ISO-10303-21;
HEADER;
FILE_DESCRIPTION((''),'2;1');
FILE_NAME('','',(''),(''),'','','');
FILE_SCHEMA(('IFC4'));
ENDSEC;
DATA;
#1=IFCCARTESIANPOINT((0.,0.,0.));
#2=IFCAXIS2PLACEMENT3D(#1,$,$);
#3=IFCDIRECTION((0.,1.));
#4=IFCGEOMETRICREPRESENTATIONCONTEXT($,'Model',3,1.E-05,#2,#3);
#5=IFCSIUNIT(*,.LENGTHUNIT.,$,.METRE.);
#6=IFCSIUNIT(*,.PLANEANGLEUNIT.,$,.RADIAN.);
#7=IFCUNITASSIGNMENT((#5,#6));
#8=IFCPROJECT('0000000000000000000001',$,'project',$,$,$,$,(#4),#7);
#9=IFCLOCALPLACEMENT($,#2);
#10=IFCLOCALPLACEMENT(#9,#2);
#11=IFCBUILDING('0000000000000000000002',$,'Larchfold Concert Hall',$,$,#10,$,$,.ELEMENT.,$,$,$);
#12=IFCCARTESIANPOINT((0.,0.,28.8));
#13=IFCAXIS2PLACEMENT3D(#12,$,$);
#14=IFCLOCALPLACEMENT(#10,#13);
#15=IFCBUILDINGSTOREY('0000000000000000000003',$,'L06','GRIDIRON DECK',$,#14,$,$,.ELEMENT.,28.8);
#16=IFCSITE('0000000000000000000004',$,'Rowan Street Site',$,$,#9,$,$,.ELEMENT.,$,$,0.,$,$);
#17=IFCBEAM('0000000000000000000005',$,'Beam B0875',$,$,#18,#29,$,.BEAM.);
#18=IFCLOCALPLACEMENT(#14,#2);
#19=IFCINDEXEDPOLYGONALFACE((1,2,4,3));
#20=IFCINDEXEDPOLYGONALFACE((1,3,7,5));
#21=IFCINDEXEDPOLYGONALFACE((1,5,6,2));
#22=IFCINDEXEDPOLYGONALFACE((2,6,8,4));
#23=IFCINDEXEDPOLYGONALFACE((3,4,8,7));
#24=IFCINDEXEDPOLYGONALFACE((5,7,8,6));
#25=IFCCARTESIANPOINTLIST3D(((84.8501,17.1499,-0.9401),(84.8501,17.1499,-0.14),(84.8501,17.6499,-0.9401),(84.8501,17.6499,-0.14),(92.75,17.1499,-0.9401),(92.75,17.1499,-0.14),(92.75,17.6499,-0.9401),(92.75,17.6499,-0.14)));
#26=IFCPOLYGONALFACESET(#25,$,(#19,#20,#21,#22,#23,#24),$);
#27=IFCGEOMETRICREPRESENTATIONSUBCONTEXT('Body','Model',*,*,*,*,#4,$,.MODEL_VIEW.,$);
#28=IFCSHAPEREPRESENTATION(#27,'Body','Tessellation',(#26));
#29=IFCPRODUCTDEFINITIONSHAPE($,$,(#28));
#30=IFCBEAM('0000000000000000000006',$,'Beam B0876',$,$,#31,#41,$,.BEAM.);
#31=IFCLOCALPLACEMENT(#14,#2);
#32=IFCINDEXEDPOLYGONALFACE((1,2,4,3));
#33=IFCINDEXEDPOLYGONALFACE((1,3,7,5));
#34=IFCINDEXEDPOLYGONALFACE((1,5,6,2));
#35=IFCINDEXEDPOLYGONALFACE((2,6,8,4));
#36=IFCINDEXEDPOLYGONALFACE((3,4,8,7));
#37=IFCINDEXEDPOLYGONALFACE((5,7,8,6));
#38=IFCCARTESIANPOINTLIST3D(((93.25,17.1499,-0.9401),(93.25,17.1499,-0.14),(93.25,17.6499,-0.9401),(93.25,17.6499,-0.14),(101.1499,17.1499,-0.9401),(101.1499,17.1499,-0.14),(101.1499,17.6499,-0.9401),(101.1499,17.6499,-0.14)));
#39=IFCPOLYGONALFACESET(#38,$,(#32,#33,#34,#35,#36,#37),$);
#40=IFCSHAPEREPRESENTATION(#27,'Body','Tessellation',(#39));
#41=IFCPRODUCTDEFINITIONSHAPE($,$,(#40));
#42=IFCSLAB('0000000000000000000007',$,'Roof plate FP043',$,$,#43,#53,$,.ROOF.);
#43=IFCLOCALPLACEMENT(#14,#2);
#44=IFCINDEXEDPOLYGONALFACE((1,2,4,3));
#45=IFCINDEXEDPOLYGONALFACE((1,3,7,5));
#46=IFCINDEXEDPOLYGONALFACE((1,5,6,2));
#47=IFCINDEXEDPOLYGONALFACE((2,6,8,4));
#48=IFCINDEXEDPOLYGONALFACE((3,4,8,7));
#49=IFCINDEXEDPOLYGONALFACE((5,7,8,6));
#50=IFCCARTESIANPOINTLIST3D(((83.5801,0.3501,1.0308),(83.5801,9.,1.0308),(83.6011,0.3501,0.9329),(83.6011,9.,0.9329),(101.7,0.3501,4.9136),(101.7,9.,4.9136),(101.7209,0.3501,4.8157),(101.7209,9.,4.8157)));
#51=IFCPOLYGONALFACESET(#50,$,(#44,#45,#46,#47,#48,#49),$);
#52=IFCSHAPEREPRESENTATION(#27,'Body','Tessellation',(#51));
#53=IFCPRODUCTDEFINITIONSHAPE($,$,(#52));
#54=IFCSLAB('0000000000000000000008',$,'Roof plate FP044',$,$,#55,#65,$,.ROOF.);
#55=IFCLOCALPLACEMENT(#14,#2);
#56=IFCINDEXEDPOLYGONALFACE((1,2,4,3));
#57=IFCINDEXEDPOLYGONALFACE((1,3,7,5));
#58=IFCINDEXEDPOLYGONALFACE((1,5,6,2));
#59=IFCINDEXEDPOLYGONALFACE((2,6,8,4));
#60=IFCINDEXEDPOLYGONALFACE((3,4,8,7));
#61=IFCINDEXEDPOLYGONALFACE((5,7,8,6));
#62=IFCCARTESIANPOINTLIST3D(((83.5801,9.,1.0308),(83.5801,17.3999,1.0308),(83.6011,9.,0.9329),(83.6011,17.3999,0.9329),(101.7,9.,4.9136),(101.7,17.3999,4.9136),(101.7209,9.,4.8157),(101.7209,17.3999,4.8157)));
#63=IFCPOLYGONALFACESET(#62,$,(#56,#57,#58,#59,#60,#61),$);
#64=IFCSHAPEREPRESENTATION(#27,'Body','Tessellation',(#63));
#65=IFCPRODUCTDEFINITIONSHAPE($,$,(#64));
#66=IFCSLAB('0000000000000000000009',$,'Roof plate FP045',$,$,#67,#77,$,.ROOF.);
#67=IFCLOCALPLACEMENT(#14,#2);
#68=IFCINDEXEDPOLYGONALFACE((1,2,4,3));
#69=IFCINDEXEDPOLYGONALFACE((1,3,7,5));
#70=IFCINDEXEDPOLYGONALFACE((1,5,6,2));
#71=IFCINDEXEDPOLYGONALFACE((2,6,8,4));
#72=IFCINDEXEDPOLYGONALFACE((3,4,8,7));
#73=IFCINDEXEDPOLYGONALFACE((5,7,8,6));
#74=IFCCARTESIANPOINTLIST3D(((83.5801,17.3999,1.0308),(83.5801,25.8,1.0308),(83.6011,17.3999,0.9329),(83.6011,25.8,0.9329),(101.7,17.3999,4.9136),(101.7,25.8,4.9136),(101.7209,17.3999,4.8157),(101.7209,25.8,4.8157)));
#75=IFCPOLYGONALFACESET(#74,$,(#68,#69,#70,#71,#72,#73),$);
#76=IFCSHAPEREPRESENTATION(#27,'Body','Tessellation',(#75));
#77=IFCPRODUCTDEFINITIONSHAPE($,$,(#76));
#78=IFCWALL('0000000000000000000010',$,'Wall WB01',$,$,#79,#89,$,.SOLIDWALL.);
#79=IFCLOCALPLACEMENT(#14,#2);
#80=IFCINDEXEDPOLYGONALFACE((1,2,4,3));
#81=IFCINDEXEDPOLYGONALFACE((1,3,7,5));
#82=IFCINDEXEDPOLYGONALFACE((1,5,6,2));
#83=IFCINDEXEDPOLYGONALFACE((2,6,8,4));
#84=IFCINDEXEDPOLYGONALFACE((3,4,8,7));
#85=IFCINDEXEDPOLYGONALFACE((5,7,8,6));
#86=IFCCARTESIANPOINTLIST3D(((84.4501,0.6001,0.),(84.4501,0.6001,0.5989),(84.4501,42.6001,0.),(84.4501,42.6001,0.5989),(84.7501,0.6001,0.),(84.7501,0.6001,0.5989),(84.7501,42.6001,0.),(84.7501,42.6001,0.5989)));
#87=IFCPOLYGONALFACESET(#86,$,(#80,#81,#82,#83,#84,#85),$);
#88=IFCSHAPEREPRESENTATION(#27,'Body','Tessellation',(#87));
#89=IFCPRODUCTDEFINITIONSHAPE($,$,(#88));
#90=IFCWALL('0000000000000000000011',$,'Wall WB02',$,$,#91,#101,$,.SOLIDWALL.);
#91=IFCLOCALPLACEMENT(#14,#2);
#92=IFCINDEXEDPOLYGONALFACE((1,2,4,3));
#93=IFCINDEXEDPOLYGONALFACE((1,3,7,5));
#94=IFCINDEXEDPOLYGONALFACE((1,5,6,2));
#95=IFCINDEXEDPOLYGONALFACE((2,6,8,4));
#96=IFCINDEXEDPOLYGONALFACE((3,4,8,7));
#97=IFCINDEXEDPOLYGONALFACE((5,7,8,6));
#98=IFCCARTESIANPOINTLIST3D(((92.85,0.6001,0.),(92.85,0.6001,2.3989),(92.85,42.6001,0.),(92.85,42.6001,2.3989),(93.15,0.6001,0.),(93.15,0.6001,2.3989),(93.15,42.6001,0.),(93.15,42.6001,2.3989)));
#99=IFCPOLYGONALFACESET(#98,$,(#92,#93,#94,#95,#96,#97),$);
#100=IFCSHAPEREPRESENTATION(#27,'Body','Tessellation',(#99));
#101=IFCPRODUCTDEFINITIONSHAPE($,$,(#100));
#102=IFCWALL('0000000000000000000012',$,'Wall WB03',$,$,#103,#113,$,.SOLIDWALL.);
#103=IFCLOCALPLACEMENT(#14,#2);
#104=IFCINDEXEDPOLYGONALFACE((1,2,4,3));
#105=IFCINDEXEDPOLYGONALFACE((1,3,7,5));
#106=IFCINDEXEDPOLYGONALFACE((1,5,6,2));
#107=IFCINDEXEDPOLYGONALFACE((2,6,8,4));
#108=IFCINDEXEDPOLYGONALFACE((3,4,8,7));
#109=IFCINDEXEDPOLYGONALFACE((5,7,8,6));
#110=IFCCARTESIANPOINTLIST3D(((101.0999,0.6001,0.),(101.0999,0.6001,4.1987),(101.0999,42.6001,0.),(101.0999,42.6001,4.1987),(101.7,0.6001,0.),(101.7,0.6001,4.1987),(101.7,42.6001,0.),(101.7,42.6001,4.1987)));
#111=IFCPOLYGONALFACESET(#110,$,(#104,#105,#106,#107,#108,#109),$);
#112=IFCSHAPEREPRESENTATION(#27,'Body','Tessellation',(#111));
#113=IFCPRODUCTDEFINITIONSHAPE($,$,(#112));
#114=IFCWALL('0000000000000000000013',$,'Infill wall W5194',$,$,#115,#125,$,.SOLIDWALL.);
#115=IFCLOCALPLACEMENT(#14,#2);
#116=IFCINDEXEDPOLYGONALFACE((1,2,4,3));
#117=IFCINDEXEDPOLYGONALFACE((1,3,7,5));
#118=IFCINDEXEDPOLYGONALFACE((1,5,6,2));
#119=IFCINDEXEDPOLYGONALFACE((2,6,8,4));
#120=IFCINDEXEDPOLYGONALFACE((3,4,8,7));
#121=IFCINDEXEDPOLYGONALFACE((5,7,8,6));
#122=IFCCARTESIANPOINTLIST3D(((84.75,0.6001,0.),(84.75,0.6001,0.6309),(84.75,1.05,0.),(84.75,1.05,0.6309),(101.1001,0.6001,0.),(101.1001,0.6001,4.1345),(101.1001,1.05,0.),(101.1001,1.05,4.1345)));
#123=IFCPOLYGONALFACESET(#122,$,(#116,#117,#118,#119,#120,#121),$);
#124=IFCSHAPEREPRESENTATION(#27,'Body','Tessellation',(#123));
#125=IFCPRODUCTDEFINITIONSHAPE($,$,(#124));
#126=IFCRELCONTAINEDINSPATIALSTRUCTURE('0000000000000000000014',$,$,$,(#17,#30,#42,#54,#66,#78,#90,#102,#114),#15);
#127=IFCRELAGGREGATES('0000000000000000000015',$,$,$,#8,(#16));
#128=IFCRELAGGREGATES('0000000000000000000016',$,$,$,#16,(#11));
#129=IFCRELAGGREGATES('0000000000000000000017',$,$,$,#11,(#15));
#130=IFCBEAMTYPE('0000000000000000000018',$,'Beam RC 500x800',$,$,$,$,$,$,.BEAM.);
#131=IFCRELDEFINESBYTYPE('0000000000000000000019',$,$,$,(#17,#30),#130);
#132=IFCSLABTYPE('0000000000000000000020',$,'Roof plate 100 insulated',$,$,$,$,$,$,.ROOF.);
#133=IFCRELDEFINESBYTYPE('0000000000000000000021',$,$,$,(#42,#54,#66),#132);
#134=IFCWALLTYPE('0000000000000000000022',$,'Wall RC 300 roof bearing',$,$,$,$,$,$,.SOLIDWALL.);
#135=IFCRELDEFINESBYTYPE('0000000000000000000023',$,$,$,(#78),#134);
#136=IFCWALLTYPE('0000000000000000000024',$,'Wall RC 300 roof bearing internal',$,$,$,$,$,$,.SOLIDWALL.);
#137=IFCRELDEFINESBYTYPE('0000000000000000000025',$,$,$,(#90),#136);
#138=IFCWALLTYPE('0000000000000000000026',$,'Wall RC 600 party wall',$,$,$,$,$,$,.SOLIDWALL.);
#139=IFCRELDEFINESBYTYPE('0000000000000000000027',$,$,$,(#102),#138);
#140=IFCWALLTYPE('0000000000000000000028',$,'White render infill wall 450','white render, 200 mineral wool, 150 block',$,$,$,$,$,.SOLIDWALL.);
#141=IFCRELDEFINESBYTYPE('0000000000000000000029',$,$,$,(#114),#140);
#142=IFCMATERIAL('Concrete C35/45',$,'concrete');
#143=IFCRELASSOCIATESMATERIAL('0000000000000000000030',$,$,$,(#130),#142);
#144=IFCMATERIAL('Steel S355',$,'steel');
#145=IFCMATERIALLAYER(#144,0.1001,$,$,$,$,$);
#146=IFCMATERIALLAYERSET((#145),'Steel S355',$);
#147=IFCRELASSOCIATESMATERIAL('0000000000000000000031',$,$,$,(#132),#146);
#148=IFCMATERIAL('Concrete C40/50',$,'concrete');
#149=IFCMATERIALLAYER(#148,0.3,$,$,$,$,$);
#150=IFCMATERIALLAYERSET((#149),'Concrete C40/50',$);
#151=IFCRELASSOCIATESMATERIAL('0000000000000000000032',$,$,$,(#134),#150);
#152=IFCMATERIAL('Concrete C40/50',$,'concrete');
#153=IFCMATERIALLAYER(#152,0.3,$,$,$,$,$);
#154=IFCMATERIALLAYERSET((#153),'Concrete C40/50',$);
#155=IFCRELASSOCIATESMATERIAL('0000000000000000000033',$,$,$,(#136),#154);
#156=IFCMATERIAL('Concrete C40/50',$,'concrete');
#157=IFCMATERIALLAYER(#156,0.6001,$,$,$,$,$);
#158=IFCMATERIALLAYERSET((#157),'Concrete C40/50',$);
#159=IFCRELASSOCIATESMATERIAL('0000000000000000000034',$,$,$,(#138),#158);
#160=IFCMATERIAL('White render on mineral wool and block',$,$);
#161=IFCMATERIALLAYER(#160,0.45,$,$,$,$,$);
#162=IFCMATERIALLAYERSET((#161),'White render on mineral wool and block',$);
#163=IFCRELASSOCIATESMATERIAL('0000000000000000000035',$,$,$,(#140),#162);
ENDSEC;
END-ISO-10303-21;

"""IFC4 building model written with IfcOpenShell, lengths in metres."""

from ifc_helpers import new_model, si_unit, direction, frame, frame_2d, origin, origin_2d, place, context, subcontext, project, spatial, polyline, rectangle, outline, extrude, material, layer, layer_set, material_profile, profile_set, type_object, element, save


model = new_model("IFC4")

# Units and contexts
model_context = context("Model", 3, precision=1e-05, world=origin(), true_north=direction((0.0, 1.0)))
body_context = subcontext(model_context, "Body", "Model", "MODEL_VIEW")
ifc_project = project(units=[si_unit("LENGTHUNIT", "METRE"), si_unit("PLANEANGLEUNIT", "RADIAN")], contexts=[model_context])

# Site, building, storey
site_placement = place(None, origin())
site = spatial("IfcSite", under=ifc_project, at=site_placement, Name="Rowan Street Site", CompositionType="ELEMENT", RefElevation=0.0)
building_placement = place(site_placement, origin())
building = spatial("IfcBuilding", under=site, at=building_placement, Name="Larchfold Concert Hall", CompositionType="ELEMENT")
storey_placement = place(building_placement, frame((0.0, 0.0, 28.8)))
storey = spatial("IfcBuildingStorey", under=building, at=storey_placement, Name="L06", Description="GRIDIRON DECK", CompositionType="ELEMENT", Elevation=28.8)

# Beams
ifc_material_1 = material(Name="Concrete C35/45", Category="concrete")
ifc_material_profile_1 = material_profile(ifc_material_1, rectangle(XDim=0.5, YDim=0.8, at=origin_2d()))
ifc_profile_set_1 = profile_set([ifc_material_profile_1], Name="Concrete C35/45")
beam_type_1 = type_object("IfcBeamType", Name="Beam RC 500x800", PredefinedType="BEAM", material=ifc_profile_set_1)
for number, where, z_axis, x_axis, name in (
    (1, (84.8501, 17.3999, -0.54), (1.0, 0.0, 0.0), (0.0, 1.0, 0.0), "Beam B0875"),
    (2, (93.25, 17.3999, -0.54), (1.0, 0.0, 0.0), (0.0, 1.0, 0.0), "Beam B0876"),
):
    element("IfcBeam", number, at=place(storey_placement, frame(where, z_axis=z_axis, x_axis=x_axis)), inside=storey, type_object=beam_type_1, Name=name, PredefinedType="BEAM", context=body_context, shape_type="SweptSolid", body=[
        extrude(rectangle(XDim=0.5, YDim=0.8, at=origin_2d()), origin(), (0.0, 0.0, 1.0), 7.8999),
    ])

# Slabs
ifc_material_2 = material(Name="Steel S355", Category="steel")
ifc_layer_1 = layer(ifc_material_2, 0.1001)
ifc_layer_set_1 = layer_set([ifc_layer_1], Name="Steel S355")
slab_type = type_object("IfcSlabType", Name="Roof plate 100 insulated", PredefinedType="ROOF", material=ifc_layer_set_1)
slab_1_placement = place(storey_placement, frame((101.7, 0.3501, 4.9136), z_axis=(-0.209528, 0.0, 0.977803), x_axis=(0.0, 1.0, 0.0)))
element("IfcSlab", 3, at=slab_1_placement, inside=storey, type_object=slab_type, Name="Roof plate FP043", PredefinedType="ROOF", context=body_context, shape_type="SweptSolid", body=[
    extrude(outline(polyline([(0.0, 0.0), (8.6499, 0.0), (8.6499, 18.5312), (0.0, 18.5312), (0.0, 0.0)])), origin(), (0.0, 0.0, -1.0), 0.1001),
])
slab_2_placement = place(storey_placement, frame((101.7, 9.0, 4.9136), z_axis=(-0.209528, 0.0, 0.977803), x_axis=(0.0, 1.0, 0.0)))
element("IfcSlab", 4, at=slab_2_placement, inside=storey, type_object=slab_type, Name="Roof plate FP044", PredefinedType="ROOF", context=body_context, shape_type="SweptSolid", body=[
    extrude(outline(polyline([(0.0, 0.0), (8.3999, 0.0), (8.3999, 18.5312), (0.0, 18.5312), (0.0, 0.0)])), origin(), (0.0, 0.0, -1.0), 0.1001),
])
slab_3_placement = place(storey_placement, frame((101.7, 17.3999, 4.9136), z_axis=(-0.209528, 0.0, 0.977803), x_axis=(0.0, 1.0, 0.0)))
element("IfcSlab", 5, at=slab_3_placement, inside=storey, type_object=slab_type, Name="Roof plate FP045", PredefinedType="ROOF", context=body_context, shape_type="SweptSolid", body=[
    extrude(outline(polyline([(0.0, 0.0), (8.4001, 0.0), (8.4001, 18.5312), (0.0, 18.5312), (0.0, 0.0)])), origin(), (0.0, 0.0, -1.0), 0.1001),
])

# Walls
ifc_material_3 = material(Name="Concrete C40/50", Category="concrete")
ifc_layer_2 = layer(ifc_material_3, 0.3)
ifc_layer_set_2 = layer_set([ifc_layer_2], Name="Concrete C40/50")
wall_type_1 = type_object("IfcWallType", Name="Wall RC 300 roof bearing", PredefinedType="SOLIDWALL", material=ifc_layer_set_2)
wall_1_placement = place(storey_placement, frame((84.6001, 0.6001, 0.0), z_axis=(0.0, 0.0, 1.0), x_axis=(0.0, 1.0, 0.0)))
element("IfcWall", 6, at=wall_1_placement, inside=storey, type_object=wall_type_1, Name="Wall WB01", PredefinedType="SOLIDWALL", context=body_context, shape_type="SweptSolid", body=[
    extrude(rectangle(XDim=42.0, YDim=0.3, at=frame_2d((21.0, 0.0))), origin(), (0.0, 0.0, 1.0), 0.5989),
])
ifc_material_4 = material(Name="Concrete C40/50", Category="concrete")
ifc_layer_3 = layer(ifc_material_4, 0.3)
ifc_layer_set_3 = layer_set([ifc_layer_3], Name="Concrete C40/50")
wall_type_2 = type_object("IfcWallType", Name="Wall RC 300 roof bearing internal", PredefinedType="SOLIDWALL", material=ifc_layer_set_3)
wall_2_placement = place(storey_placement, frame((93.0, 0.6001, 0.0), z_axis=(0.0, 0.0, 1.0), x_axis=(0.0, 1.0, 0.0)))
element("IfcWall", 7, at=wall_2_placement, inside=storey, type_object=wall_type_2, Name="Wall WB02", PredefinedType="SOLIDWALL", context=body_context, shape_type="SweptSolid", body=[
    extrude(rectangle(XDim=42.0, YDim=0.3, at=frame_2d((21.0, 0.0))), origin(), (0.0, 0.0, 1.0), 2.3989),
])
ifc_material_5 = material(Name="Concrete C40/50", Category="concrete")
ifc_layer_4 = layer(ifc_material_5, 0.6001)
ifc_layer_set_4 = layer_set([ifc_layer_4], Name="Concrete C40/50")
wall_type_3 = type_object("IfcWallType", Name="Wall RC 600 party wall", PredefinedType="SOLIDWALL", material=ifc_layer_set_4)
wall_3_placement = place(storey_placement, frame((101.3999, 0.6001, 0.0), z_axis=(0.0, 0.0, 1.0), x_axis=(0.0, 1.0, 0.0)))
element("IfcWall", 8, at=wall_3_placement, inside=storey, type_object=wall_type_3, Name="Wall WB03", PredefinedType="SOLIDWALL", context=body_context, shape_type="SweptSolid", body=[
    extrude(rectangle(XDim=42.0, YDim=0.6001, at=frame_2d((21.0, 0.0))), origin(), (0.0, 0.0, 1.0), 4.1987),
])
ifc_material_6 = material(Name="White render on mineral wool and block")
ifc_layer_5 = layer(ifc_material_6, 0.45)
ifc_layer_set_5 = layer_set([ifc_layer_5], Name="White render on mineral wool and block")
wall_type_4 = type_object("IfcWallType", Name="White render infill wall 450", Description="white render, 200 mineral wool, 150 block", PredefinedType="SOLIDWALL", material=ifc_layer_set_5)
wall_4_placement = place(storey_placement, frame((84.75, 0.825, 0.0), z_axis=(0.0, 0.0, 1.0), x_axis=(1.0, 0.0, 0.0)))
element("IfcWall", 9, at=wall_4_placement, inside=storey, type_object=wall_type_4, Name="Infill wall W5194", PredefinedType="SOLIDWALL", context=body_context, shape_type="SweptSolid", body=[
    extrude(outline(polyline([(0.0, 0.0), (16.3501, 0.0), (16.3501, 4.1345), (0.0, 0.6309), (0.0, 0.0)])), frame((0.0, 0.2251, 0.0), z_axis=(0.0, -1.0, 0.0), x_axis=(1.0, 0.0, 0.0)), (0.0, 0.0, 1.0), 0.45),
])

save(model, "model.ifc")
